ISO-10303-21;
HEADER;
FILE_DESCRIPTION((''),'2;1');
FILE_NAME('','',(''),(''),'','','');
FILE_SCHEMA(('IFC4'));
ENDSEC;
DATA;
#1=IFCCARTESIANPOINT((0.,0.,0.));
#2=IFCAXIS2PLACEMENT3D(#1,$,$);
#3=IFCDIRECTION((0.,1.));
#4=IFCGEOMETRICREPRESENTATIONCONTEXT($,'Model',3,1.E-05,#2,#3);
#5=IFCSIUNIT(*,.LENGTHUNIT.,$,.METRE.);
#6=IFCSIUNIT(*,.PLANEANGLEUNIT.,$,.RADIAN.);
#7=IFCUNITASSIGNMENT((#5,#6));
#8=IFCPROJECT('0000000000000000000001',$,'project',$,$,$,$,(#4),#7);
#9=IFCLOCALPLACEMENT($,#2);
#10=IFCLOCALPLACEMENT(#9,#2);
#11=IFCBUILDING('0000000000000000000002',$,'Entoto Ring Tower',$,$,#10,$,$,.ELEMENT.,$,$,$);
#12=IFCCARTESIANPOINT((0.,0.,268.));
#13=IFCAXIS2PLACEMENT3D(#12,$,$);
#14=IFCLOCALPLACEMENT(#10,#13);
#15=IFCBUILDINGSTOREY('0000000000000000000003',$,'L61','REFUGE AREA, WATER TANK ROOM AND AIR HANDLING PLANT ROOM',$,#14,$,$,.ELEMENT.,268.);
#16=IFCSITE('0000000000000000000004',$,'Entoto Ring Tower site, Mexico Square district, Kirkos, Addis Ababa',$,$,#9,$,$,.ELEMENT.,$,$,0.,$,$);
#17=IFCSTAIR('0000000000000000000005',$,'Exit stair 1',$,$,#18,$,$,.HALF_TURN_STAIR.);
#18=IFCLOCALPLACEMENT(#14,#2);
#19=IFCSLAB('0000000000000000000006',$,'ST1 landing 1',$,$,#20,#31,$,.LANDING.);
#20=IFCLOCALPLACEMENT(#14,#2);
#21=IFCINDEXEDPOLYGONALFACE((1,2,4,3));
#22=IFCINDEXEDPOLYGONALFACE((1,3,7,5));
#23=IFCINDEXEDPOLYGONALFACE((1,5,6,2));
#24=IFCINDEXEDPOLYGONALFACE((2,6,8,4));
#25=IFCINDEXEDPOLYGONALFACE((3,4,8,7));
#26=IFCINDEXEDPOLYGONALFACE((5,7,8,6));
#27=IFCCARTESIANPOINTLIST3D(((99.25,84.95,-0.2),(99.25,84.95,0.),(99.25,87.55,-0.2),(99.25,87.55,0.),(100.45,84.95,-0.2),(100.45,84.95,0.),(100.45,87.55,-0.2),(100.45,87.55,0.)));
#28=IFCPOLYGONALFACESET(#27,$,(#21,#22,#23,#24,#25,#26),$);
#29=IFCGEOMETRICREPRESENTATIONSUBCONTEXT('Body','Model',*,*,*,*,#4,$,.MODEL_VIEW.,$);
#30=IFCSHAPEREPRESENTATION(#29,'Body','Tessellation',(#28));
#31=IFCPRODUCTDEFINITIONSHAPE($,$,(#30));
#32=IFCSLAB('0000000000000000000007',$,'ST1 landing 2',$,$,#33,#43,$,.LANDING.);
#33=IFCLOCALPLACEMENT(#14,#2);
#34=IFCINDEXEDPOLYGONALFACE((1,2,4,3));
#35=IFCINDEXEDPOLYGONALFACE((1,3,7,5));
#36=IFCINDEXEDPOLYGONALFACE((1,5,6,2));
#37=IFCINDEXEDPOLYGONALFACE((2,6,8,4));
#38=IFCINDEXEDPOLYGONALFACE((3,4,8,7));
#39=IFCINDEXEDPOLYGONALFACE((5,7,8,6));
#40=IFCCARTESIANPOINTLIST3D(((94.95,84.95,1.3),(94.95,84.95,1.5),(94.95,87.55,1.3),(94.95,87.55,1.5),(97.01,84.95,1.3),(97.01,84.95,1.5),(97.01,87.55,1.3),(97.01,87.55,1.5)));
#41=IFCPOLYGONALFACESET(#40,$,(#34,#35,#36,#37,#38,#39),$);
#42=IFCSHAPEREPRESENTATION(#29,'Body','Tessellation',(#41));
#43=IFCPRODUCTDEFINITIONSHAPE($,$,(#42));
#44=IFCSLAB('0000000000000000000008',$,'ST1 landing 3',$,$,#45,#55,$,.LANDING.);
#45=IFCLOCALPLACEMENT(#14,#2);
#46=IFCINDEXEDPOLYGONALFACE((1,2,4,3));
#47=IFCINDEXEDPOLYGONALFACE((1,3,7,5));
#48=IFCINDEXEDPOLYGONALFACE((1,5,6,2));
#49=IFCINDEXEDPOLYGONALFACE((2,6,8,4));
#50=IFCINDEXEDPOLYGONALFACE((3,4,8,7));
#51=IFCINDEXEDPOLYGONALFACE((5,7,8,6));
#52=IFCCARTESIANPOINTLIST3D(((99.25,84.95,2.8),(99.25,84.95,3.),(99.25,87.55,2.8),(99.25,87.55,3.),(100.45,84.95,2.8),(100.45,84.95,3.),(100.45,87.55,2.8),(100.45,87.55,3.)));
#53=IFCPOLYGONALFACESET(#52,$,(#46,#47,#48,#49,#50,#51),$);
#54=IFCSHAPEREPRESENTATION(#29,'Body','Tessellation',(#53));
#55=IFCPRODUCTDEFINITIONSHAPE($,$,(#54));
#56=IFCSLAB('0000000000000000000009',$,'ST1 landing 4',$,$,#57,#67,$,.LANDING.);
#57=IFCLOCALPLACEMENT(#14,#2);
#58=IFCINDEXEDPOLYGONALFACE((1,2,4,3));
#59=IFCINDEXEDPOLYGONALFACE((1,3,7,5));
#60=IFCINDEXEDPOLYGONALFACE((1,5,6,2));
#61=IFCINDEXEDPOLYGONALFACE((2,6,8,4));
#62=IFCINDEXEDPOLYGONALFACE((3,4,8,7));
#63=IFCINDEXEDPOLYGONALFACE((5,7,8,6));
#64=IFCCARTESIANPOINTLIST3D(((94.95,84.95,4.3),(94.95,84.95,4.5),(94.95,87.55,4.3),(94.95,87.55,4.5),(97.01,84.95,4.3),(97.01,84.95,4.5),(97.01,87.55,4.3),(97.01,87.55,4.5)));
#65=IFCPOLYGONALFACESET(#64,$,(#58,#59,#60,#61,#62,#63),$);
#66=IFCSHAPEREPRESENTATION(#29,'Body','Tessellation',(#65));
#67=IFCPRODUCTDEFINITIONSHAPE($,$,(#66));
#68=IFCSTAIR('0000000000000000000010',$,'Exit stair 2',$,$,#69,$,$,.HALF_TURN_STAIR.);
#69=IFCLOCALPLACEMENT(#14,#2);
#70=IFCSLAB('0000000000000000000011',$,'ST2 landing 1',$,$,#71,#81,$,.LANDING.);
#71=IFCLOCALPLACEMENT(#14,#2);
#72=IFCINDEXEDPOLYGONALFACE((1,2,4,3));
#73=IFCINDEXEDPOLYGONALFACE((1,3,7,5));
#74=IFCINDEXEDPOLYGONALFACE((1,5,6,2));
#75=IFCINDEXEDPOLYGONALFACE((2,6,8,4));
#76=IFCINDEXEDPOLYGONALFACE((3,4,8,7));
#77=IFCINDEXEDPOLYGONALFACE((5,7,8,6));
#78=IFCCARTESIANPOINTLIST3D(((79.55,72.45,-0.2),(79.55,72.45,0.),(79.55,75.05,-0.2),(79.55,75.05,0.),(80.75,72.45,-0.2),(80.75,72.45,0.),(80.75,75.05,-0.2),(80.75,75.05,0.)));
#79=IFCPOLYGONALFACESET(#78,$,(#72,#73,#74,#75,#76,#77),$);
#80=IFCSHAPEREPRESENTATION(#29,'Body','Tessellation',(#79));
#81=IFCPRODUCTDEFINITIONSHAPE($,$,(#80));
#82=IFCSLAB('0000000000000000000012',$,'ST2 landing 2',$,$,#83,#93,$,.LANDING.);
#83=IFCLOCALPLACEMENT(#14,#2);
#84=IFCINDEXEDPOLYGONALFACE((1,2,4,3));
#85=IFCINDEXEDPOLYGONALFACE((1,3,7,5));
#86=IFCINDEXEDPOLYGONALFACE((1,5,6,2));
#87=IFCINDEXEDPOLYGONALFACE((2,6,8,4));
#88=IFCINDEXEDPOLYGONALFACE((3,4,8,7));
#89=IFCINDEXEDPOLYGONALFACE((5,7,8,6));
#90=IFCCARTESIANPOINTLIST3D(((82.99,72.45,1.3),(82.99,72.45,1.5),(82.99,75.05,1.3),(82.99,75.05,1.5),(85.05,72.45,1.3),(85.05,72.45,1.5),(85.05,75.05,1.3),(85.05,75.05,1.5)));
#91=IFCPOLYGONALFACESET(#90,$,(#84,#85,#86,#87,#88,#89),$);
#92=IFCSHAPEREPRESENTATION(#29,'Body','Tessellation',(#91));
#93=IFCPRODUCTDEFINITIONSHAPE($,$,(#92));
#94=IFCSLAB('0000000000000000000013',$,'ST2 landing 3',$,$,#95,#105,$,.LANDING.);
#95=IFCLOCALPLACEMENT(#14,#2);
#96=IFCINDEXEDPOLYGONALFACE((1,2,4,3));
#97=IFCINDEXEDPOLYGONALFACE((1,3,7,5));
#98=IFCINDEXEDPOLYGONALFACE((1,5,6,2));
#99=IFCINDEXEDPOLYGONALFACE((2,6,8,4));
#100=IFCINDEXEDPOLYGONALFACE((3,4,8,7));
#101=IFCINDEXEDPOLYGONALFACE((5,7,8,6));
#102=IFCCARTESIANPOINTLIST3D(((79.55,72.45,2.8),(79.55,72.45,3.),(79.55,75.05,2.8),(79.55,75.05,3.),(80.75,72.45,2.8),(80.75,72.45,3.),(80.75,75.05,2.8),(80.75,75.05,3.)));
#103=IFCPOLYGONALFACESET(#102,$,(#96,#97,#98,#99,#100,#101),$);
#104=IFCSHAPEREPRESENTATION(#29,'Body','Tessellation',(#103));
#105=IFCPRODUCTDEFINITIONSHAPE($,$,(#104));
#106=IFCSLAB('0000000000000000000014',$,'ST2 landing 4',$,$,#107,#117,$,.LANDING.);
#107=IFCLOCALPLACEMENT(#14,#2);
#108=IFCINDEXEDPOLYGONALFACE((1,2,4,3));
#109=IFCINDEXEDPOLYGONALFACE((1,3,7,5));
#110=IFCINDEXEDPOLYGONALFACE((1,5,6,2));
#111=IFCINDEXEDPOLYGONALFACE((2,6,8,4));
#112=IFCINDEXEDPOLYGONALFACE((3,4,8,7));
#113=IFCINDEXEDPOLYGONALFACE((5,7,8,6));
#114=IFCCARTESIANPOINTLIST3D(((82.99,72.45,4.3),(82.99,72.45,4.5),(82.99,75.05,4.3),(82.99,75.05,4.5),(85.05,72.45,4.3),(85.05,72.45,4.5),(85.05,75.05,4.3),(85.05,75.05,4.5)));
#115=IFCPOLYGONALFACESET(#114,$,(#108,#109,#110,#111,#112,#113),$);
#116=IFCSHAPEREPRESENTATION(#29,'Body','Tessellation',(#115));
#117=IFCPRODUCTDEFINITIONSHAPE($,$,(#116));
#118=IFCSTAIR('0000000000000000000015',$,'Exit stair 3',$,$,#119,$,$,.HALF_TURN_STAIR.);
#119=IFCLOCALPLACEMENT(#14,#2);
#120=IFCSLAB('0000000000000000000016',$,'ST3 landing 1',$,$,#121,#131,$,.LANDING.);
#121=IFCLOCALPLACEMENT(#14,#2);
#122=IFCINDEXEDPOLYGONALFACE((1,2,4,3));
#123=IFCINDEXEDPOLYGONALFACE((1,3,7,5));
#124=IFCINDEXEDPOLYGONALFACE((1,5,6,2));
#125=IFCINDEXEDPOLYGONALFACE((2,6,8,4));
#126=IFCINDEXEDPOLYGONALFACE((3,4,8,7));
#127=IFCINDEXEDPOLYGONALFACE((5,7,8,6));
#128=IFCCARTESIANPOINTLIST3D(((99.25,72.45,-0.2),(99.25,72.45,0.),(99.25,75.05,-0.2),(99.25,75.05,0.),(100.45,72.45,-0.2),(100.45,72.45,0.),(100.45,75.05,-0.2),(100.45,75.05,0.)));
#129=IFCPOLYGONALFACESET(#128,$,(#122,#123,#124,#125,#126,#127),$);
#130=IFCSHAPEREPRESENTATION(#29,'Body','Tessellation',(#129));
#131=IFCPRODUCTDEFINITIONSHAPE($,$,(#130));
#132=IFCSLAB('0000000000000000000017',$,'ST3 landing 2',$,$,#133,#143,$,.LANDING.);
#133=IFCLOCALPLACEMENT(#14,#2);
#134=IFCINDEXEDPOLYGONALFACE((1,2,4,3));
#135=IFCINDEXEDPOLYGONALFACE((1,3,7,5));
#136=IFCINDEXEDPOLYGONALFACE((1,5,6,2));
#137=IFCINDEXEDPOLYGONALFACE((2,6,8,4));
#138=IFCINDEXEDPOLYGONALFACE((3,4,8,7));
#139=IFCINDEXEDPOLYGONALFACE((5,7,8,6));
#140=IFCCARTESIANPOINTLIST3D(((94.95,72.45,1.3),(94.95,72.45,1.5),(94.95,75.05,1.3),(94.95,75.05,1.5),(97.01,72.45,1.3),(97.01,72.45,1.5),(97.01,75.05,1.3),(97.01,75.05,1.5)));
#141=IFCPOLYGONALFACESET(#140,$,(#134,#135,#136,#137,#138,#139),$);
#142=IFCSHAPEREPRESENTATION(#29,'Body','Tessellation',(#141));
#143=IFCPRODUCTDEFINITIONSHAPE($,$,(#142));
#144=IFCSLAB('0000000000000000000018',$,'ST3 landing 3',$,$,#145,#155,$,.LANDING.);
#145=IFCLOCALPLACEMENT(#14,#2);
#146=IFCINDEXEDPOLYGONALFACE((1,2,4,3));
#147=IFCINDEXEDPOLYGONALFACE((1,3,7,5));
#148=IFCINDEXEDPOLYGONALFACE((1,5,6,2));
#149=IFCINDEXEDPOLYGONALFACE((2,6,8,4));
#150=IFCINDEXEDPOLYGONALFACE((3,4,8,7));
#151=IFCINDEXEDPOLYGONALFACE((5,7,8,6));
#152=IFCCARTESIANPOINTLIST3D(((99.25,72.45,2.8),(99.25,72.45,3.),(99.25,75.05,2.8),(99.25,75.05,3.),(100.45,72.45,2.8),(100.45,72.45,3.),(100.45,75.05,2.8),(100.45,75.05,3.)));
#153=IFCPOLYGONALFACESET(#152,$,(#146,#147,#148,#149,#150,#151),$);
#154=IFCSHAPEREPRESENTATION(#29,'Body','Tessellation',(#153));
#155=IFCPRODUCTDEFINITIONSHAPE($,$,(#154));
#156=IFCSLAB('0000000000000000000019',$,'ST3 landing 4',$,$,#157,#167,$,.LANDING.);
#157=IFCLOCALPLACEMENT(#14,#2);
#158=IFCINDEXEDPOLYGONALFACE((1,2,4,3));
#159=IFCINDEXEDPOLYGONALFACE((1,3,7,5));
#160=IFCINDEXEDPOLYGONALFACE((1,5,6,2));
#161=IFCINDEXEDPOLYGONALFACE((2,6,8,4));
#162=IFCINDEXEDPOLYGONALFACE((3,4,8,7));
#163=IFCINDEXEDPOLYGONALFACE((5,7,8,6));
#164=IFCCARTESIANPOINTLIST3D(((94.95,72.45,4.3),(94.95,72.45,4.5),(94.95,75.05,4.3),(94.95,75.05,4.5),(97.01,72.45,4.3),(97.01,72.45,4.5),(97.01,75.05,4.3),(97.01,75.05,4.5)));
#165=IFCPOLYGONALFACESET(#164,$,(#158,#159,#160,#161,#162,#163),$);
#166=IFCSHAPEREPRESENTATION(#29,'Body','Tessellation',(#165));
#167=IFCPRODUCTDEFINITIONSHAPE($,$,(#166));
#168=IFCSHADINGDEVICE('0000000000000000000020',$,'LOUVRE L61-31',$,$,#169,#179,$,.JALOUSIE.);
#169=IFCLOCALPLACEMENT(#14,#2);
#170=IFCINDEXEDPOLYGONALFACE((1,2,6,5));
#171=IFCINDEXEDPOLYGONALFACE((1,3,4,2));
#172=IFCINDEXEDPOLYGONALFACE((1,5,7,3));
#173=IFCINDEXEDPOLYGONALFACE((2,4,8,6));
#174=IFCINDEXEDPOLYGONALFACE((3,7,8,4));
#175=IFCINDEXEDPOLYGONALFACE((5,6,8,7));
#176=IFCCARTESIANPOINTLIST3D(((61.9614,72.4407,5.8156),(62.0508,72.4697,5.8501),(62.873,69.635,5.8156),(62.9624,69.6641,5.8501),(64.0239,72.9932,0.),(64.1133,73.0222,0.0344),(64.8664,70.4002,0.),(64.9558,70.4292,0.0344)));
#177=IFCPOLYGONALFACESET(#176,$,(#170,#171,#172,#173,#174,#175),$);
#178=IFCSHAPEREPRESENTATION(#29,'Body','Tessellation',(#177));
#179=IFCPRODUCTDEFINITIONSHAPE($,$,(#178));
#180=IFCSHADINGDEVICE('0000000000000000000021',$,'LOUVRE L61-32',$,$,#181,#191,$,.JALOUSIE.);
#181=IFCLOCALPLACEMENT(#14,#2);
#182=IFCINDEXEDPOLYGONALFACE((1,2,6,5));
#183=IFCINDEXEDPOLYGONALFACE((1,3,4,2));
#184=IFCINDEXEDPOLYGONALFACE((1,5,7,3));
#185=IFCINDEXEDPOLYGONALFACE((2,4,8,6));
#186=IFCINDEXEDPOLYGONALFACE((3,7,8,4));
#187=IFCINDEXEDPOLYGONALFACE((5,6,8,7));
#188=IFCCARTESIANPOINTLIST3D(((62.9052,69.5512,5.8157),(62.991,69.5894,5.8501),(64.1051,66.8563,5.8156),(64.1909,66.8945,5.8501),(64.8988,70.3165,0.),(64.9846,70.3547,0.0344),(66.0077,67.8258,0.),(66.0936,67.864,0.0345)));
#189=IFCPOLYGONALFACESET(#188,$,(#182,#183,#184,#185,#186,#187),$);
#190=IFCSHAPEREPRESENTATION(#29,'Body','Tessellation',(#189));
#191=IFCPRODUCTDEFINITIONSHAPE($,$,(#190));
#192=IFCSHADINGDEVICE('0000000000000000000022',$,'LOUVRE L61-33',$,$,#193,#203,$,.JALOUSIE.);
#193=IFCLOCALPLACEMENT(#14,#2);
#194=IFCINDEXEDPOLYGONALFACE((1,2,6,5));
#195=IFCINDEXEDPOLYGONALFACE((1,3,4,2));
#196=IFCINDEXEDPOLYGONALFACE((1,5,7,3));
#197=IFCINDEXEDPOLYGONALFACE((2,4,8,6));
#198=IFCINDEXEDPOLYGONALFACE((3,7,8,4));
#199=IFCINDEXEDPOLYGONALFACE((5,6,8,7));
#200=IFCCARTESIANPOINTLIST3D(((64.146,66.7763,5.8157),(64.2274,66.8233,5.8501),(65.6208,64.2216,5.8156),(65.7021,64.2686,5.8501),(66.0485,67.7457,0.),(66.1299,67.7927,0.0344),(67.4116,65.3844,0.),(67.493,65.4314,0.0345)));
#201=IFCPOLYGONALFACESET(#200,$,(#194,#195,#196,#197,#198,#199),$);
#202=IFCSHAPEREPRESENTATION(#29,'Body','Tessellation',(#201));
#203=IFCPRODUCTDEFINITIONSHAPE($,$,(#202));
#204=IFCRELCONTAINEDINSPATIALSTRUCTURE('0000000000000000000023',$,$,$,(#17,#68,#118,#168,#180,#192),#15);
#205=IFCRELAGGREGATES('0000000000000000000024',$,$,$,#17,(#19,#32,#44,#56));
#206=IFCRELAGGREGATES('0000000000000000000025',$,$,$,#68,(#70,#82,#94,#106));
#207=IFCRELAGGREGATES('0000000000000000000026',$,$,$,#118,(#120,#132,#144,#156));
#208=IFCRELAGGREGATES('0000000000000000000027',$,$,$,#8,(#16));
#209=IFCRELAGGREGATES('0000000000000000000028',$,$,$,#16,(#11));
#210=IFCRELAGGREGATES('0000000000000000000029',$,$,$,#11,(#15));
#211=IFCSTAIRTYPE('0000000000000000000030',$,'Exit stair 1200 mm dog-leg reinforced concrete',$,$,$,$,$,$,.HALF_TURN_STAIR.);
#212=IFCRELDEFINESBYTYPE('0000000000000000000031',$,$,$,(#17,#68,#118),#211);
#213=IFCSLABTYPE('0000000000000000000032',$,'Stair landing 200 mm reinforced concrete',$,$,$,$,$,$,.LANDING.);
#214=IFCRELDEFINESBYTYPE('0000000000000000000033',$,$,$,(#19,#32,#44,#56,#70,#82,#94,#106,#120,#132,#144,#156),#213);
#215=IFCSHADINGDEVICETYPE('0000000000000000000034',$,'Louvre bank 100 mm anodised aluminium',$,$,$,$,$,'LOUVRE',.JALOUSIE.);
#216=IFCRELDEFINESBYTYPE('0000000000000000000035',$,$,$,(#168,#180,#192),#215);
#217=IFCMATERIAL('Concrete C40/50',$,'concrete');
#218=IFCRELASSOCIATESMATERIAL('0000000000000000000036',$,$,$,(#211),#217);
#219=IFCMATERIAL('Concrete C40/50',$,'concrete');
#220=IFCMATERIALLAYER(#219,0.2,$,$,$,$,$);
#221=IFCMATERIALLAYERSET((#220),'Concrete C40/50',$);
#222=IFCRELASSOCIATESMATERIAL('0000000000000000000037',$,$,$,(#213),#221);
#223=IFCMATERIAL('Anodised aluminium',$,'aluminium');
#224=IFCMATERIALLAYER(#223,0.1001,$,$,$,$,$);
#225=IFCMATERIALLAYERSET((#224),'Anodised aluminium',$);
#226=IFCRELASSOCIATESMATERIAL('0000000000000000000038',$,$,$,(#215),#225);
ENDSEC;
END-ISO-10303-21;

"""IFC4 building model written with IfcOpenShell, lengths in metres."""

from ifc_helpers import new_model, si_unit, direction, frame, origin, place, context, subcontext, project, spatial, polyline, outline, extrude, material, layer, layer_set, type_object, element, aggregate, save


model = new_model("IFC4")

# Units and contexts
model_context = context("Model", 3, precision=1e-05, world=origin(), true_north=direction((0.0, 1.0)))
body_context = subcontext(model_context, "Body", "Model", "MODEL_VIEW")
ifc_project = project(units=[si_unit("LENGTHUNIT", "METRE"), si_unit("PLANEANGLEUNIT", "RADIAN")], contexts=[model_context])

# Site, building, storey
site_placement = place(None, origin())
site = spatial("IfcSite", under=ifc_project, at=site_placement, Name="Entoto Ring Tower site, Mexico Square district, Kirkos, Addis Ababa", CompositionType="ELEMENT", RefElevation=0.0)
building_placement = place(site_placement, origin())
building = spatial("IfcBuilding", under=site, at=building_placement, Name="Entoto Ring Tower", CompositionType="ELEMENT")
storey_placement = place(building_placement, frame((0.0, 0.0, 268.0)))
storey = spatial("IfcBuildingStorey", under=building, at=storey_placement, Name="L61", Description="REFUGE AREA, WATER TANK ROOM AND AIR HANDLING PLANT ROOM", CompositionType="ELEMENT", Elevation=268.0)

# Stairs, slabs
ifc_material_1 = material(Name="Concrete C40/50", Category="concrete")
stair_type = type_object("IfcStairType", Name="Exit stair 1200 mm dog-leg reinforced concrete", PredefinedType="HALF_TURN_STAIR", material=ifc_material_1)
stair_1_placement = place(storey_placement, origin())
stair_1 = element("IfcStair", 1, at=stair_1_placement, inside=storey, type_object=stair_type, Name="Exit stair 1", PredefinedType="HALF_TURN_STAIR")
ifc_material_2 = material(Name="Concrete C40/50", Category="concrete")
ifc_layer_1 = layer(ifc_material_2, 0.2)
ifc_layer_set_1 = layer_set([ifc_layer_1], Name="Concrete C40/50")
slab_type_1 = type_object("IfcSlabType", Name="Stair landing 200 mm reinforced concrete", PredefinedType="LANDING", material=ifc_layer_set_1)
slab_1_placement = place(storey_placement, frame((0.0, 0.0, -0.2)))
slab_1 = element("IfcSlab", 2, at=slab_1_placement, type_object=slab_type_1, Name="ST1 landing 1", PredefinedType="LANDING", context=body_context, shape_type="SweptSolid", body=[
    extrude(outline(polyline([(100.45, 84.95), (100.45, 87.55), (99.25, 87.55), (99.25, 84.95), (100.45, 84.95)])), origin(), (0.0, 0.0, 1.0), 0.2),
])
slab_2_placement = place(storey_placement, frame((0.0, 0.0, 1.3)))
slab_2 = element("IfcSlab", 3, at=slab_2_placement, type_object=slab_type_1, Name="ST1 landing 2", PredefinedType="LANDING", context=body_context, shape_type="SweptSolid", body=[
    extrude(outline(polyline([(94.95, 84.95), (97.01, 84.95), (97.01, 87.55), (94.95, 87.55), (94.95, 84.95)])), origin(), (0.0, 0.0, 1.0), 0.2),
])
slab_3_placement = place(storey_placement, frame((0.0, 0.0, 2.8)))
slab_3 = element("IfcSlab", 4, at=slab_3_placement, type_object=slab_type_1, Name="ST1 landing 3", PredefinedType="LANDING", context=body_context, shape_type="SweptSolid", body=[
    extrude(outline(polyline([(99.25, 84.95), (100.45, 84.95), (100.45, 87.55), (99.25, 87.55), (99.25, 84.95)])), origin(), (0.0, 0.0, 1.0), 0.2),
])
slab_4_placement = place(storey_placement, frame((0.0, 0.0, 4.3)))
slab_4 = element("IfcSlab", 5, at=slab_4_placement, type_object=slab_type_1, Name="ST1 landing 4", PredefinedType="LANDING", context=body_context, shape_type="SweptSolid", body=[
    extrude(outline(polyline([(94.95, 84.95), (97.01, 84.95), (97.01, 87.55), (94.95, 87.55), (94.95, 84.95)])), origin(), (0.0, 0.0, 1.0), 0.2),
])
aggregate(stair_1, [slab_1, slab_2, slab_3, slab_4])
stair_2_placement = place(storey_placement, origin())
stair_2 = element("IfcStair", 6, at=stair_2_placement, inside=storey, type_object=stair_type, Name="Exit stair 2", PredefinedType="HALF_TURN_STAIR")
slab_5_placement = place(storey_placement, frame((0.0, 0.0, -0.2)))
slab_5 = element("IfcSlab", 7, at=slab_5_placement, type_object=slab_type_1, Name="ST2 landing 1", PredefinedType="LANDING", context=body_context, shape_type="SweptSolid", body=[
    extrude(outline(polyline([(80.75, 72.45), (80.75, 75.05), (79.55, 75.05), (79.55, 72.45), (80.75, 72.45)])), origin(), (0.0, 0.0, 1.0), 0.2),
])
slab_6_placement = place(storey_placement, frame((0.0, 0.0, 1.3)))
slab_6 = element("IfcSlab", 8, at=slab_6_placement, type_object=slab_type_1, Name="ST2 landing 2", PredefinedType="LANDING", context=body_context, shape_type="SweptSolid", body=[
    extrude(outline(polyline([(82.99, 72.45), (85.05, 72.45), (85.05, 75.05), (82.99, 75.05), (82.99, 72.45)])), origin(), (0.0, 0.0, 1.0), 0.2),
])
slab_7_placement = place(storey_placement, frame((0.0, 0.0, 2.8)))
slab_7 = element("IfcSlab", 9, at=slab_7_placement, type_object=slab_type_1, Name="ST2 landing 3", PredefinedType="LANDING", context=body_context, shape_type="SweptSolid", body=[
    extrude(outline(polyline([(79.55, 72.45), (80.75, 72.45), (80.75, 75.05), (79.55, 75.05), (79.55, 72.45)])), origin(), (0.0, 0.0, 1.0), 0.2),
])
slab_8_placement = place(storey_placement, frame((0.0, 0.0, 4.3)))
slab_8 = element("IfcSlab", 10, at=slab_8_placement, type_object=slab_type_1, Name="ST2 landing 4", PredefinedType="LANDING", context=body_context, shape_type="SweptSolid", body=[
    extrude(outline(polyline([(82.99, 72.45), (85.05, 72.45), (85.05, 75.05), (82.99, 75.05), (82.99, 72.45)])), origin(), (0.0, 0.0, 1.0), 0.2),
])
aggregate(stair_2, [slab_5, slab_6, slab_7, slab_8])
stair_3_placement = place(storey_placement, origin())
stair_3 = element("IfcStair", 11, at=stair_3_placement, inside=storey, type_object=stair_type, Name="Exit stair 3", PredefinedType="HALF_TURN_STAIR")
slab_9_placement = place(storey_placement, frame((0.0, 0.0, -0.2)))
slab_9 = element("IfcSlab", 12, at=slab_9_placement, type_object=slab_type_1, Name="ST3 landing 1", PredefinedType="LANDING", context=body_context, shape_type="SweptSolid", body=[
    extrude(outline(polyline([(100.45, 72.45), (100.45, 75.05), (99.25, 75.05), (99.25, 72.45), (100.45, 72.45)])), origin(), (0.0, 0.0, 1.0), 0.2),
])
slab_10_placement = place(storey_placement, frame((0.0, 0.0, 1.3)))
slab_10 = element("IfcSlab", 13, at=slab_10_placement, type_object=slab_type_1, Name="ST3 landing 2", PredefinedType="LANDING", context=body_context, shape_type="SweptSolid", body=[
    extrude(outline(polyline([(94.95, 72.45), (97.01, 72.45), (97.01, 75.05), (94.95, 75.05), (94.95, 72.45)])), origin(), (0.0, 0.0, 1.0), 0.2),
])
slab_11_placement = place(storey_placement, frame((0.0, 0.0, 2.8)))
slab_11 = element("IfcSlab", 14, at=slab_11_placement, type_object=slab_type_1, Name="ST3 landing 3", PredefinedType="LANDING", context=body_context, shape_type="SweptSolid", body=[
    extrude(outline(polyline([(99.25, 72.45), (100.45, 72.45), (100.45, 75.05), (99.25, 75.05), (99.25, 72.45)])), origin(), (0.0, 0.0, 1.0), 0.2),
])
slab_12_placement = place(storey_placement, frame((0.0, 0.0, 4.3)))
slab_12 = element("IfcSlab", 15, at=slab_12_placement, type_object=slab_type_1, Name="ST3 landing 4", PredefinedType="LANDING", context=body_context, shape_type="SweptSolid", body=[
    extrude(outline(polyline([(94.95, 72.45), (97.01, 72.45), (97.01, 75.05), (94.95, 75.05), (94.95, 72.45)])), origin(), (0.0, 0.0, 1.0), 0.2),
])
aggregate(stair_3, [slab_9, slab_10, slab_11, slab_12])

# Shading devices
ifc_material_3 = material(Name="Anodised aluminium", Category="aluminium")
ifc_layer_2 = layer(ifc_material_3, 0.1001)
ifc_layer_set_2 = layer_set([ifc_layer_2], Name="Anodised aluminium")
shading_device_type = type_object("IfcShadingDeviceType", Name="Louvre bank 100 mm anodised aluminium", ElementType="LOUVRE", PredefinedType="JALOUSIE", material=ifc_layer_set_2)
shading_device_1_placement = place(storey_placement, frame((64.1133, 73.0222, 0.0344), z_axis=(0.89293, 0.290133, 0.344236), x_axis=(0.309019, -0.951056, 0.0)))
element("IfcShadingDevice", 16, at=shading_device_1_placement, inside=storey, type_object=shading_device_type, Name="LOUVRE L61-31", PredefinedType="JALOUSIE", context=body_context, shape_type="SweptSolid", body=[
    extrude(outline(polyline([(0.0, 0.0), (2.7265, 0.0), (2.8381, -6.1942), (-0.1119, -6.1942), (0.0, 0.0)])), origin(), (0.0, 0.0, -1.0), 0.1001),
])
shading_device_2_placement = place(storey_placement, frame((64.9846, 70.3547, 0.0344), z_axis=(0.857696, 0.381885, 0.344269), x_axis=(0.406746, -0.913542, 0.00001)))
element("IfcShadingDevice", 17, at=shading_device_2_placement, inside=storey, type_object=shading_device_type, Name="LOUVRE L61-32", PredefinedType="JALOUSIE", context=body_context, shape_type="SweptSolid", body=[
    extrude(outline(polyline([(0.0, 0.0), (2.7264, 0.0), (2.8383, -6.1943), (-0.1116, -6.1944), (0.0, 0.0)])), origin(), (0.0, 0.0, -1.0), 0.1001),
])
shading_device_3_placement = place(storey_placement, frame((66.1299, 67.7927, 0.0344), z_axis=(0.81312, 0.469394, 0.344246), x_axis=(0.499948, -0.866056, 0.00001)))
element("IfcShadingDevice", 18, at=shading_device_3_placement, inside=storey, type_object=shading_device_type, Name="LOUVRE L61-33", PredefinedType="JALOUSIE", context=body_context, shape_type="SweptSolid", body=[
    extrude(outline(polyline([(0.0, 0.0), (2.7265, 0.0), (2.8383, -6.1942), (-0.1115, -6.1943), (0.0, 0.0)])), origin(), (0.0, 0.0, -1.0), 0.1001),
])

save(model, "model.ifc")
